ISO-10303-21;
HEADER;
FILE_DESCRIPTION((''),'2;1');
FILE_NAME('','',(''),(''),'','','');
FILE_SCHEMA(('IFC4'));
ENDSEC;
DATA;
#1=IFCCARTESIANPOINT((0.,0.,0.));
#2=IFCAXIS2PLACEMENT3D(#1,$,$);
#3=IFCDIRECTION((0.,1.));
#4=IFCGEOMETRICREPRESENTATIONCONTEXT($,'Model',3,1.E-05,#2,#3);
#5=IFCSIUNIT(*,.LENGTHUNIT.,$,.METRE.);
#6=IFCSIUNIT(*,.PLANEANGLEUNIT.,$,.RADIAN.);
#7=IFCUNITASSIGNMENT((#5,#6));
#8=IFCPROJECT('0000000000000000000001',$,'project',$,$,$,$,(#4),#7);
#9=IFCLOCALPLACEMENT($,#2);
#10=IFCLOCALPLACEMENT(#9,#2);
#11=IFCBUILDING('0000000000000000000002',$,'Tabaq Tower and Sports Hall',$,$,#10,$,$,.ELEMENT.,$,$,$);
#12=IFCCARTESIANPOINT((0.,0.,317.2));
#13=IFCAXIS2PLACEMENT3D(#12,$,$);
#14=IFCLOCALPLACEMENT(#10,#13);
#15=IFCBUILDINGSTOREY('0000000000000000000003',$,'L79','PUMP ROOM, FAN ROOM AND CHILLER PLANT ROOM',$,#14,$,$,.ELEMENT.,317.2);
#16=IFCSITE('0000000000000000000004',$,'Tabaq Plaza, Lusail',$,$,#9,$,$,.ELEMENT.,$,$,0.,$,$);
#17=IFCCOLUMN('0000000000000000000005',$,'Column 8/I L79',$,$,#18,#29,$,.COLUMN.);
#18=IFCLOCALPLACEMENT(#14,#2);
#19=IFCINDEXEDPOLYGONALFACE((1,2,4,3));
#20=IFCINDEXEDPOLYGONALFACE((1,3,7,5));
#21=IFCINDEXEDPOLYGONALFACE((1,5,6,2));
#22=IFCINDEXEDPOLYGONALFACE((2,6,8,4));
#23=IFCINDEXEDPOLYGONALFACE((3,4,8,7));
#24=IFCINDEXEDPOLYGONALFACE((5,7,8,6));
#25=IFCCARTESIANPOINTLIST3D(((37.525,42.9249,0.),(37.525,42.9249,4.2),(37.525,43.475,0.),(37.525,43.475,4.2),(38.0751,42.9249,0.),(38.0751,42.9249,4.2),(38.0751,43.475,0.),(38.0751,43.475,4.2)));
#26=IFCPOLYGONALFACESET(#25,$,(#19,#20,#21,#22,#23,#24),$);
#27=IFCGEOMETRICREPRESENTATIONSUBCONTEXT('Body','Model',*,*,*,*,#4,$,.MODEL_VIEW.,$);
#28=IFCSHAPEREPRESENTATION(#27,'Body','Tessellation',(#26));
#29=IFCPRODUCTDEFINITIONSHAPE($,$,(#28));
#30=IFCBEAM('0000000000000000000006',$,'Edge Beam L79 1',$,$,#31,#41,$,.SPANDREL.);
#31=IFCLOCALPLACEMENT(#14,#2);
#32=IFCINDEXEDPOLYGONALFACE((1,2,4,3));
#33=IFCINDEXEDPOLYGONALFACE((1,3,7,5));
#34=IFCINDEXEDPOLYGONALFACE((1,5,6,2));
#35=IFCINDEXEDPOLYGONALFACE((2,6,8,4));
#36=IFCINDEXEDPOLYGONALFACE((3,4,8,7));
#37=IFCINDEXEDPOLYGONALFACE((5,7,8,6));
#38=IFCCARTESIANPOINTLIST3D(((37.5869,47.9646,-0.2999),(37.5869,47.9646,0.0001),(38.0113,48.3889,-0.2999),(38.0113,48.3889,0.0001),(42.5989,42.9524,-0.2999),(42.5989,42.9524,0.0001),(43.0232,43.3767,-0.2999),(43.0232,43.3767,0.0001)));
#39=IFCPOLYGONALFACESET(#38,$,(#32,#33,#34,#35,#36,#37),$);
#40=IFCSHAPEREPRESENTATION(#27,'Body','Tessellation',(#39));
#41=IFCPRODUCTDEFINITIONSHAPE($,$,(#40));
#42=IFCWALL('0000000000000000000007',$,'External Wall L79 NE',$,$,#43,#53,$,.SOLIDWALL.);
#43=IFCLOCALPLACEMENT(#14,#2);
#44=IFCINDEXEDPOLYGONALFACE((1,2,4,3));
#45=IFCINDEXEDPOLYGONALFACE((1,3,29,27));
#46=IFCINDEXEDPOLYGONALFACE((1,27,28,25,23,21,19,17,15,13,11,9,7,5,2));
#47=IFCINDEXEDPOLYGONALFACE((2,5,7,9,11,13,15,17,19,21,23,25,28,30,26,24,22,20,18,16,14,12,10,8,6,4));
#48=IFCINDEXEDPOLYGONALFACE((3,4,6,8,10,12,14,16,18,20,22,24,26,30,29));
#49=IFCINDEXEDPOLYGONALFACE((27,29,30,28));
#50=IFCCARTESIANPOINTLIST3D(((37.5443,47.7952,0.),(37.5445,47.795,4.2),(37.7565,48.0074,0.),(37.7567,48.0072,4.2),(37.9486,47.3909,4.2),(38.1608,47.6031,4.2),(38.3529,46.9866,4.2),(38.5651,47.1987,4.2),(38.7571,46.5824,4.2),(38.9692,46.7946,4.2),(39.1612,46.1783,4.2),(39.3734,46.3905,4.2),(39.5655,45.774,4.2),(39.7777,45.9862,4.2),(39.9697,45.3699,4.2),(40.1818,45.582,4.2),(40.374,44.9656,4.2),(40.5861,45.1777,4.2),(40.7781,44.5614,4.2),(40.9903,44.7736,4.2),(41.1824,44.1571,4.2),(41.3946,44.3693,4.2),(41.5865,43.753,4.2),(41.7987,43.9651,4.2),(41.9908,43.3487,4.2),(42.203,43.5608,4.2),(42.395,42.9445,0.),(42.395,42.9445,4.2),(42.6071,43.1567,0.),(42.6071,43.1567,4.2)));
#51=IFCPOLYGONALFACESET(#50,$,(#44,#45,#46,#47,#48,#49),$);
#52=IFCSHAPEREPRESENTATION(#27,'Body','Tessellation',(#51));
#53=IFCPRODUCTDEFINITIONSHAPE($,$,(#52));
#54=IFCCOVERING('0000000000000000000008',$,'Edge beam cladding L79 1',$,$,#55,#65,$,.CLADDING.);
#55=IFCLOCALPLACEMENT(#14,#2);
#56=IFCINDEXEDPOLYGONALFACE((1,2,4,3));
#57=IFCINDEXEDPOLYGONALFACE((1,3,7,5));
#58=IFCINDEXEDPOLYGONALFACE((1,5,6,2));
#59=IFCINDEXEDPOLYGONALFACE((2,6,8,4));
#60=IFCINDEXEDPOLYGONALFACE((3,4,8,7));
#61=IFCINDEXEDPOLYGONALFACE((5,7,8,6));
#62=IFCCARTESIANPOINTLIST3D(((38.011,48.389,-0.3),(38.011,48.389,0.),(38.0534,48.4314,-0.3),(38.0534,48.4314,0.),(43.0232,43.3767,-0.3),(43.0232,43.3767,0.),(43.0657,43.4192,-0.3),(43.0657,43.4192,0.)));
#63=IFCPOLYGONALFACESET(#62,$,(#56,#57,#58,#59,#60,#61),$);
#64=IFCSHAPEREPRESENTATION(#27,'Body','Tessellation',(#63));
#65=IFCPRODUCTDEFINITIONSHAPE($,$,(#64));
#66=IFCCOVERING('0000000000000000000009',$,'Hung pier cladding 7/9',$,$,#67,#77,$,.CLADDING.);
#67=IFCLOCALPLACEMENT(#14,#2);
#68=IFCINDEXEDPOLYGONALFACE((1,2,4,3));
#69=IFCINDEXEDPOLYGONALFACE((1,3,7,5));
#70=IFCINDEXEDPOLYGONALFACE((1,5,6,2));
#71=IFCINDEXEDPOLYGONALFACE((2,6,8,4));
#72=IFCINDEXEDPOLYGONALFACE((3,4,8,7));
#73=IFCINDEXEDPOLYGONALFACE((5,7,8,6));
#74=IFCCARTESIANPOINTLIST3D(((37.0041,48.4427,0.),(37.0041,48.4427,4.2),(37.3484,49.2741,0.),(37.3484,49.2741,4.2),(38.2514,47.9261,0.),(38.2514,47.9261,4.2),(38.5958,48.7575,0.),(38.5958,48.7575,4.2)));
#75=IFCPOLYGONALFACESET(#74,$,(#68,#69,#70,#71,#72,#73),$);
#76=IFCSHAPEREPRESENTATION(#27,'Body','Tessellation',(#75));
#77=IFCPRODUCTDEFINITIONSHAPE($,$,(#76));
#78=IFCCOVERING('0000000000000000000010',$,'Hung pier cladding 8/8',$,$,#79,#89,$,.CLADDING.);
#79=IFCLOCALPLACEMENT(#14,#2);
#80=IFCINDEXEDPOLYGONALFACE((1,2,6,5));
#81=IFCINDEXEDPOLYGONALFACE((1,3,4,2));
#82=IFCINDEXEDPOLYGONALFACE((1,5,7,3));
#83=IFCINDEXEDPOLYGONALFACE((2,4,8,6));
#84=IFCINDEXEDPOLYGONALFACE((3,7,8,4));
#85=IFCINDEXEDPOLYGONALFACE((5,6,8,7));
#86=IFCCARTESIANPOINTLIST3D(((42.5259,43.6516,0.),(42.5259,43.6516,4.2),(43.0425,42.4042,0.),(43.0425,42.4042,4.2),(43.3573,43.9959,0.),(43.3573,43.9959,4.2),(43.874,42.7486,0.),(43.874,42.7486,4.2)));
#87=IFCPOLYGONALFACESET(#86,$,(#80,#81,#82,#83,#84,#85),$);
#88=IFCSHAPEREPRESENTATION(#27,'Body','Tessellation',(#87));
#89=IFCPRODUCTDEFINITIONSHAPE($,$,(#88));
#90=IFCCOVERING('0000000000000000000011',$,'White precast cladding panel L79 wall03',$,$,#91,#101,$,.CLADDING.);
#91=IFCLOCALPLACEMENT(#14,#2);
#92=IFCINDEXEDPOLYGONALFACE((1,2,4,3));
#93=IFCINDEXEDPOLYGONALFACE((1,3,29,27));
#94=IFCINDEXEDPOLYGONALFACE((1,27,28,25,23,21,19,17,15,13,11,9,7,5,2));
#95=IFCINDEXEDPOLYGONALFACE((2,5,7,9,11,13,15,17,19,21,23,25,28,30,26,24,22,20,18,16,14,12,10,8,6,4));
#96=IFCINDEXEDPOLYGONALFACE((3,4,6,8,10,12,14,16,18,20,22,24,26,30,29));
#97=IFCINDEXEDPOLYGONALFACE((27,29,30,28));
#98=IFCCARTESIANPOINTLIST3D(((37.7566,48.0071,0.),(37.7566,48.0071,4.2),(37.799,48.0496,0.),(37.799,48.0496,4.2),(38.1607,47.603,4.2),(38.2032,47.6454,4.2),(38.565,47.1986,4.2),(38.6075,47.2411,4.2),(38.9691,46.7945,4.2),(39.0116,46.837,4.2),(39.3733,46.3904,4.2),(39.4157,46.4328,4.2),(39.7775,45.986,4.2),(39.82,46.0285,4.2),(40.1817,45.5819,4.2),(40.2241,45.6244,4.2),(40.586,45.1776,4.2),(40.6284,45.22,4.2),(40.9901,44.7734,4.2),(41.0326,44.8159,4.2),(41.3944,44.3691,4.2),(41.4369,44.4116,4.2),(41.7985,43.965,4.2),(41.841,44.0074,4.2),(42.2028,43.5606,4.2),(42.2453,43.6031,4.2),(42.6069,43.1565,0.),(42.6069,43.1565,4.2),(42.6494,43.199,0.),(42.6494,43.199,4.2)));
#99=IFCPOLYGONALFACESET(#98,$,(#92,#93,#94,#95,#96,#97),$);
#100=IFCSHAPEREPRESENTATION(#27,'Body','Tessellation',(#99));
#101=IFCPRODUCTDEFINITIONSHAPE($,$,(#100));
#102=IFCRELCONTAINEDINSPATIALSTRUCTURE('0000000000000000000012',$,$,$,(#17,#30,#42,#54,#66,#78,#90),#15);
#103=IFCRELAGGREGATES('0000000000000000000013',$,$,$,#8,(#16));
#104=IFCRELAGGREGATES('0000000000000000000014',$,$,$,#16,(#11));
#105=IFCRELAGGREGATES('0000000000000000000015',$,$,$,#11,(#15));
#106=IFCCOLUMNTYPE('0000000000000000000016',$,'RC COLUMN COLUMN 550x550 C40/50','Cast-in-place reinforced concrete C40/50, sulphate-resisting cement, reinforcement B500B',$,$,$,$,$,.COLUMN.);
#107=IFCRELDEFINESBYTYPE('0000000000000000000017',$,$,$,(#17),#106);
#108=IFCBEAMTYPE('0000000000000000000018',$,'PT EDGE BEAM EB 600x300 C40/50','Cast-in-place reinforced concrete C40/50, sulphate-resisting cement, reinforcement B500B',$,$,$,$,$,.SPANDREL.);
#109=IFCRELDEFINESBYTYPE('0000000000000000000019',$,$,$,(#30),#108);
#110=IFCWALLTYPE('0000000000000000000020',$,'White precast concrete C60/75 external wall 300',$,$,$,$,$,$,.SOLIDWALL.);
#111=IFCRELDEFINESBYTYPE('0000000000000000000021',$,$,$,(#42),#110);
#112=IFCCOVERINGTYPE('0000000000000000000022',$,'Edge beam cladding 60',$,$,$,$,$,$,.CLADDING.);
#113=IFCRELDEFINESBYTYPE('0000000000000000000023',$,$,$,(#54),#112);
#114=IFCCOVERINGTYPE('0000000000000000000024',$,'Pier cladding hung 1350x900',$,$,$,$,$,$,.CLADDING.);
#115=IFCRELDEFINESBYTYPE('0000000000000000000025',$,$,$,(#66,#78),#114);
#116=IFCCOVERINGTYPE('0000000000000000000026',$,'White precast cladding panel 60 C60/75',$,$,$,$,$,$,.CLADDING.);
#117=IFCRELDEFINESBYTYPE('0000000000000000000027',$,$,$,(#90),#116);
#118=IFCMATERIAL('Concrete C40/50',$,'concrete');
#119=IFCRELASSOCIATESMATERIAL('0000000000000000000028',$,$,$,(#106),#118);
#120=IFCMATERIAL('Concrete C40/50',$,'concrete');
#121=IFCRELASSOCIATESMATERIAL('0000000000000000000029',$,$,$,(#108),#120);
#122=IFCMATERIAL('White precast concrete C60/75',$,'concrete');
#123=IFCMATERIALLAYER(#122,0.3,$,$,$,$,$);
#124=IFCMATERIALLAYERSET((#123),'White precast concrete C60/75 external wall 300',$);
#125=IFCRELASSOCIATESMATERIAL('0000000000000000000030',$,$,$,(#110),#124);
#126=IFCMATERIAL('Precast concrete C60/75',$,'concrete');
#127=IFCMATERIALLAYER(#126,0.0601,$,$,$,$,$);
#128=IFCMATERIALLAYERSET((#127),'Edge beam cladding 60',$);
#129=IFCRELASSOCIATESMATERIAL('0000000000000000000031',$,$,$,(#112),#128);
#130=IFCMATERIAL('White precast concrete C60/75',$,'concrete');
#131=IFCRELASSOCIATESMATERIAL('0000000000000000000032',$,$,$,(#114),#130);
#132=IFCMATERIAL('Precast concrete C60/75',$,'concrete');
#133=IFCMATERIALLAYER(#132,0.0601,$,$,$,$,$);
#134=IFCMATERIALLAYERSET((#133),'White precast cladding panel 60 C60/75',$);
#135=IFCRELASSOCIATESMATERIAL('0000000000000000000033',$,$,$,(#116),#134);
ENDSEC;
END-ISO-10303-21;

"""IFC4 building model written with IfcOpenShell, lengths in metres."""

from ifc_helpers import new_model, si_unit, direction, frame, frame_2d, origin, origin_2d, place, context, subcontext, project, spatial, polyline, rectangle, outline, extrude, material, layer, layer_set, material_profile, profile_set, type_object, element, save


model = new_model("IFC4")

# Units and contexts
model_context = context("Model", 3, precision=1e-05, world=origin(), true_north=direction((0.0, 1.0)))
body_context = subcontext(model_context, "Body", "Model", "MODEL_VIEW")
ifc_project = project(units=[si_unit("LENGTHUNIT", "METRE"), si_unit("PLANEANGLEUNIT", "RADIAN")], contexts=[model_context])

# Site, building, storey
site_placement = place(None, origin())
site = spatial("IfcSite", under=ifc_project, at=site_placement, Name="Tabaq Plaza, Lusail", CompositionType="ELEMENT", RefElevation=0.0)
building_placement = place(site_placement, origin())
building = spatial("IfcBuilding", under=site, at=building_placement, Name="Tabaq Tower and Sports Hall", CompositionType="ELEMENT")
storey_placement = place(building_placement, frame((0.0, 0.0, 317.2)))
storey = spatial("IfcBuildingStorey", under=building, at=storey_placement, Name="L79", Description="PUMP ROOM, FAN ROOM AND CHILLER PLANT ROOM", CompositionType="ELEMENT", Elevation=317.2)

# Column
ifc_material_1 = material(Name="Concrete C40/50", Category="concrete")
ifc_material_profile_1 = material_profile(ifc_material_1, rectangle(XDim=0.55, YDim=0.55, at=origin_2d()), Name="COLUMN 550x550")
ifc_profile_set_1 = profile_set([ifc_material_profile_1], Name="Concrete C40/50")
column_type = type_object("IfcColumnType", Name="RC COLUMN COLUMN 550x550 C40/50", Description="Cast-in-place reinforced concrete C40/50, sulphate-resisting cement, reinforcement B500B", PredefinedType="COLUMN", material=ifc_profile_set_1)
column_placement = place(storey_placement, frame((37.8, 43.2, 0.0), z_axis=(0.0, 0.0, 1.0), x_axis=(1.0, 0.0, 0.0)))
element("IfcColumn", 1, at=column_placement, inside=storey, type_object=column_type, Name="Column 8/I L79", PredefinedType="COLUMN", context=body_context, shape_type="SweptSolid", body=[
    extrude(rectangle(XDim=0.55, YDim=0.55, at=origin_2d()), origin(), (0.0, 0.0, 1.0), 4.2),
])

# Beam
ifc_material_2 = material(Name="Concrete C40/50", Category="concrete")
ifc_material_profile_2 = material_profile(ifc_material_2, rectangle(XDim=0.6001, YDim=0.3, at=origin_2d()), Name="EB 600x300")
ifc_profile_set_2 = profile_set([ifc_material_profile_2], Name="Concrete C40/50")
beam_type = type_object("IfcBeamType", Name="PT EDGE BEAM EB 600x300 C40/50", Description="Cast-in-place reinforced concrete C40/50, sulphate-resisting cement, reinforcement B500B", PredefinedType="SPANDREL", material=ifc_profile_set_2)
beam_placement = place(storey_placement, frame((42.811, 43.1646, -0.1499), z_axis=(-0.70709, 0.707124, 0.0), x_axis=(-0.707124, -0.70709, 0.0)))
element("IfcBeam", 2, at=beam_placement, inside=storey, type_object=beam_type, Name="Edge Beam L79 1", PredefinedType="SPANDREL", context=body_context, shape_type="SweptSolid", body=[
    extrude(rectangle(XDim=0.6001, YDim=0.3, at=origin_2d()), origin(), (0.0, 0.0, 1.0), 7.0881),
])

# Wall
ifc_material_3 = material(Name="White precast concrete C60/75", Category="concrete")
ifc_layer_1 = layer(ifc_material_3, 0.3)
ifc_layer_set_1 = layer_set([ifc_layer_1], Name="White precast concrete C60/75 external wall 300")
wall_type_1 = type_object("IfcWallType", Name="White precast concrete C60/75 external wall 300", PredefinedType="SOLIDWALL", material=ifc_layer_set_1)
wall_1_placement = place(storey_placement, frame((42.501, 43.0505, 0.0), z_axis=(0.0, 0.0, 1.0), x_axis=(-0.707107, 0.707107, 0.0)))
element("IfcWall", 3, at=wall_1_placement, inside=storey, type_object=wall_type_1, Name="External Wall L79 NE", PredefinedType="SOLIDWALL", context=body_context, shape_type="SweptSolid", body=[
    extrude(outline(polyline([(0.0, 0.0), (6.8599, 0.0), (6.8596, 4.2), (6.2881, 4.2), (5.7163, 4.2), (5.1448, 4.2), (4.5732, 4.2), (4.0015, 4.2), (3.4299, 4.2), (2.8582, 4.2), (2.2866, 4.2), (1.7148, 4.2), (1.1433, 4.2), (0.5715, 4.2), (0.0, 4.2), (0.0, 0.0)])), frame((0.0, 0.1499, 0.0), z_axis=(0.0, -1.0, 0.0), x_axis=(1.0, 0.0, 0.0)), (0.0, 0.0, 1.0), 0.3),
])

# Coverings
ifc_material_4 = material(Name="Precast concrete C60/75", Category="concrete")
ifc_layer_2 = layer(ifc_material_4, 0.0601)
ifc_layer_set_2 = layer_set([ifc_layer_2], Name="Edge beam cladding 60")
covering_type_1 = type_object("IfcCoveringType", Name="Edge beam cladding 60", PredefinedType="CLADDING", material=ifc_layer_set_2)
covering_1_placement = place(storey_placement, frame((43.0444, 43.3979, -0.3), z_axis=(0.0, 0.0, 1.0), x_axis=(-0.707107, 0.707107, 0.0)))
element("IfcCovering", 4, at=covering_1_placement, inside=storey, type_object=covering_type_1, Name="Edge beam cladding L79 1", PredefinedType="CLADDING", context=body_context, shape_type="SweptSolid", body=[
    extrude(rectangle(XDim=7.0884, YDim=0.0601, at=frame_2d((3.5442, 0.0))), origin(), (0.0, 0.0, 1.0), 0.3),
])
ifc_material_5 = material(Name="White precast concrete C60/75", Category="concrete")
covering_type_2 = type_object("IfcCoveringType", Name="Pier cladding hung 1350x900", PredefinedType="CLADDING", material=ifc_material_5)
for number, where, z_axis, x_axis, name in (
    (5, (38.4236, 48.3418, 0.0), (0.0, 0.0, 1.0), (-0.923893, 0.38265, 0.0), "Hung pier cladding 7/9"),
    (6, (43.4583, 42.5764, 0.0), (0.0, 0.0, 1.0), (-0.38265, 0.923893, 0.0), "Hung pier cladding 8/8"),
):
    element("IfcCovering", number, at=place(storey_placement, frame(where, z_axis=z_axis, x_axis=x_axis)), inside=storey, type_object=covering_type_2, Name=name, PredefinedType="CLADDING", context=body_context, shape_type="SweptSolid", body=[
        extrude(rectangle(XDim=1.3501, YDim=0.8999, at=frame_2d((0.675, 0.0))), origin(), (0.0, 0.0, 1.0), 4.2),
    ])
ifc_material_6 = material(Name="Precast concrete C60/75", Category="concrete")
ifc_layer_3 = layer(ifc_material_6, 0.0601)
ifc_layer_set_3 = layer_set([ifc_layer_3], Name="White precast cladding panel 60 C60/75")
covering_type_3 = type_object("IfcCoveringType", Name="White precast cladding panel 60 C60/75", PredefinedType="CLADDING", material=ifc_layer_set_3)
covering_2_placement = place(storey_placement, frame((42.6282, 43.1777, 0.0), z_axis=(0.0, 0.0, 1.0), x_axis=(-0.707089, 0.707125, 0.0)))
element("IfcCovering", 7, at=covering_2_placement, inside=storey, type_object=covering_type_3, Name="White precast cladding panel L79 wall03", PredefinedType="CLADDING", context=body_context, shape_type="SweptSolid", body=[
    extrude(outline(polyline([(0.0, 0.0), (6.8596, 0.0), (6.8596, 4.2), (6.2881, 4.2), (5.7163, 4.2), (5.1448, 4.2), (4.5732, 4.2), (4.0015, 4.2), (3.4299, 4.2), (2.8582, 4.2), (2.2866, 4.2), (1.7148, 4.2), (1.1433, 4.2), (0.5715, 4.2), (0.0, 4.2), (0.0, 0.0)])), frame((0.0, 0.03, 0.0), z_axis=(0.0, -1.0, 0.0), x_axis=(1.0, 0.0, 0.0)), (0.0, 0.0, 1.0), 0.0601),
])

save(model, "model.ifc")
